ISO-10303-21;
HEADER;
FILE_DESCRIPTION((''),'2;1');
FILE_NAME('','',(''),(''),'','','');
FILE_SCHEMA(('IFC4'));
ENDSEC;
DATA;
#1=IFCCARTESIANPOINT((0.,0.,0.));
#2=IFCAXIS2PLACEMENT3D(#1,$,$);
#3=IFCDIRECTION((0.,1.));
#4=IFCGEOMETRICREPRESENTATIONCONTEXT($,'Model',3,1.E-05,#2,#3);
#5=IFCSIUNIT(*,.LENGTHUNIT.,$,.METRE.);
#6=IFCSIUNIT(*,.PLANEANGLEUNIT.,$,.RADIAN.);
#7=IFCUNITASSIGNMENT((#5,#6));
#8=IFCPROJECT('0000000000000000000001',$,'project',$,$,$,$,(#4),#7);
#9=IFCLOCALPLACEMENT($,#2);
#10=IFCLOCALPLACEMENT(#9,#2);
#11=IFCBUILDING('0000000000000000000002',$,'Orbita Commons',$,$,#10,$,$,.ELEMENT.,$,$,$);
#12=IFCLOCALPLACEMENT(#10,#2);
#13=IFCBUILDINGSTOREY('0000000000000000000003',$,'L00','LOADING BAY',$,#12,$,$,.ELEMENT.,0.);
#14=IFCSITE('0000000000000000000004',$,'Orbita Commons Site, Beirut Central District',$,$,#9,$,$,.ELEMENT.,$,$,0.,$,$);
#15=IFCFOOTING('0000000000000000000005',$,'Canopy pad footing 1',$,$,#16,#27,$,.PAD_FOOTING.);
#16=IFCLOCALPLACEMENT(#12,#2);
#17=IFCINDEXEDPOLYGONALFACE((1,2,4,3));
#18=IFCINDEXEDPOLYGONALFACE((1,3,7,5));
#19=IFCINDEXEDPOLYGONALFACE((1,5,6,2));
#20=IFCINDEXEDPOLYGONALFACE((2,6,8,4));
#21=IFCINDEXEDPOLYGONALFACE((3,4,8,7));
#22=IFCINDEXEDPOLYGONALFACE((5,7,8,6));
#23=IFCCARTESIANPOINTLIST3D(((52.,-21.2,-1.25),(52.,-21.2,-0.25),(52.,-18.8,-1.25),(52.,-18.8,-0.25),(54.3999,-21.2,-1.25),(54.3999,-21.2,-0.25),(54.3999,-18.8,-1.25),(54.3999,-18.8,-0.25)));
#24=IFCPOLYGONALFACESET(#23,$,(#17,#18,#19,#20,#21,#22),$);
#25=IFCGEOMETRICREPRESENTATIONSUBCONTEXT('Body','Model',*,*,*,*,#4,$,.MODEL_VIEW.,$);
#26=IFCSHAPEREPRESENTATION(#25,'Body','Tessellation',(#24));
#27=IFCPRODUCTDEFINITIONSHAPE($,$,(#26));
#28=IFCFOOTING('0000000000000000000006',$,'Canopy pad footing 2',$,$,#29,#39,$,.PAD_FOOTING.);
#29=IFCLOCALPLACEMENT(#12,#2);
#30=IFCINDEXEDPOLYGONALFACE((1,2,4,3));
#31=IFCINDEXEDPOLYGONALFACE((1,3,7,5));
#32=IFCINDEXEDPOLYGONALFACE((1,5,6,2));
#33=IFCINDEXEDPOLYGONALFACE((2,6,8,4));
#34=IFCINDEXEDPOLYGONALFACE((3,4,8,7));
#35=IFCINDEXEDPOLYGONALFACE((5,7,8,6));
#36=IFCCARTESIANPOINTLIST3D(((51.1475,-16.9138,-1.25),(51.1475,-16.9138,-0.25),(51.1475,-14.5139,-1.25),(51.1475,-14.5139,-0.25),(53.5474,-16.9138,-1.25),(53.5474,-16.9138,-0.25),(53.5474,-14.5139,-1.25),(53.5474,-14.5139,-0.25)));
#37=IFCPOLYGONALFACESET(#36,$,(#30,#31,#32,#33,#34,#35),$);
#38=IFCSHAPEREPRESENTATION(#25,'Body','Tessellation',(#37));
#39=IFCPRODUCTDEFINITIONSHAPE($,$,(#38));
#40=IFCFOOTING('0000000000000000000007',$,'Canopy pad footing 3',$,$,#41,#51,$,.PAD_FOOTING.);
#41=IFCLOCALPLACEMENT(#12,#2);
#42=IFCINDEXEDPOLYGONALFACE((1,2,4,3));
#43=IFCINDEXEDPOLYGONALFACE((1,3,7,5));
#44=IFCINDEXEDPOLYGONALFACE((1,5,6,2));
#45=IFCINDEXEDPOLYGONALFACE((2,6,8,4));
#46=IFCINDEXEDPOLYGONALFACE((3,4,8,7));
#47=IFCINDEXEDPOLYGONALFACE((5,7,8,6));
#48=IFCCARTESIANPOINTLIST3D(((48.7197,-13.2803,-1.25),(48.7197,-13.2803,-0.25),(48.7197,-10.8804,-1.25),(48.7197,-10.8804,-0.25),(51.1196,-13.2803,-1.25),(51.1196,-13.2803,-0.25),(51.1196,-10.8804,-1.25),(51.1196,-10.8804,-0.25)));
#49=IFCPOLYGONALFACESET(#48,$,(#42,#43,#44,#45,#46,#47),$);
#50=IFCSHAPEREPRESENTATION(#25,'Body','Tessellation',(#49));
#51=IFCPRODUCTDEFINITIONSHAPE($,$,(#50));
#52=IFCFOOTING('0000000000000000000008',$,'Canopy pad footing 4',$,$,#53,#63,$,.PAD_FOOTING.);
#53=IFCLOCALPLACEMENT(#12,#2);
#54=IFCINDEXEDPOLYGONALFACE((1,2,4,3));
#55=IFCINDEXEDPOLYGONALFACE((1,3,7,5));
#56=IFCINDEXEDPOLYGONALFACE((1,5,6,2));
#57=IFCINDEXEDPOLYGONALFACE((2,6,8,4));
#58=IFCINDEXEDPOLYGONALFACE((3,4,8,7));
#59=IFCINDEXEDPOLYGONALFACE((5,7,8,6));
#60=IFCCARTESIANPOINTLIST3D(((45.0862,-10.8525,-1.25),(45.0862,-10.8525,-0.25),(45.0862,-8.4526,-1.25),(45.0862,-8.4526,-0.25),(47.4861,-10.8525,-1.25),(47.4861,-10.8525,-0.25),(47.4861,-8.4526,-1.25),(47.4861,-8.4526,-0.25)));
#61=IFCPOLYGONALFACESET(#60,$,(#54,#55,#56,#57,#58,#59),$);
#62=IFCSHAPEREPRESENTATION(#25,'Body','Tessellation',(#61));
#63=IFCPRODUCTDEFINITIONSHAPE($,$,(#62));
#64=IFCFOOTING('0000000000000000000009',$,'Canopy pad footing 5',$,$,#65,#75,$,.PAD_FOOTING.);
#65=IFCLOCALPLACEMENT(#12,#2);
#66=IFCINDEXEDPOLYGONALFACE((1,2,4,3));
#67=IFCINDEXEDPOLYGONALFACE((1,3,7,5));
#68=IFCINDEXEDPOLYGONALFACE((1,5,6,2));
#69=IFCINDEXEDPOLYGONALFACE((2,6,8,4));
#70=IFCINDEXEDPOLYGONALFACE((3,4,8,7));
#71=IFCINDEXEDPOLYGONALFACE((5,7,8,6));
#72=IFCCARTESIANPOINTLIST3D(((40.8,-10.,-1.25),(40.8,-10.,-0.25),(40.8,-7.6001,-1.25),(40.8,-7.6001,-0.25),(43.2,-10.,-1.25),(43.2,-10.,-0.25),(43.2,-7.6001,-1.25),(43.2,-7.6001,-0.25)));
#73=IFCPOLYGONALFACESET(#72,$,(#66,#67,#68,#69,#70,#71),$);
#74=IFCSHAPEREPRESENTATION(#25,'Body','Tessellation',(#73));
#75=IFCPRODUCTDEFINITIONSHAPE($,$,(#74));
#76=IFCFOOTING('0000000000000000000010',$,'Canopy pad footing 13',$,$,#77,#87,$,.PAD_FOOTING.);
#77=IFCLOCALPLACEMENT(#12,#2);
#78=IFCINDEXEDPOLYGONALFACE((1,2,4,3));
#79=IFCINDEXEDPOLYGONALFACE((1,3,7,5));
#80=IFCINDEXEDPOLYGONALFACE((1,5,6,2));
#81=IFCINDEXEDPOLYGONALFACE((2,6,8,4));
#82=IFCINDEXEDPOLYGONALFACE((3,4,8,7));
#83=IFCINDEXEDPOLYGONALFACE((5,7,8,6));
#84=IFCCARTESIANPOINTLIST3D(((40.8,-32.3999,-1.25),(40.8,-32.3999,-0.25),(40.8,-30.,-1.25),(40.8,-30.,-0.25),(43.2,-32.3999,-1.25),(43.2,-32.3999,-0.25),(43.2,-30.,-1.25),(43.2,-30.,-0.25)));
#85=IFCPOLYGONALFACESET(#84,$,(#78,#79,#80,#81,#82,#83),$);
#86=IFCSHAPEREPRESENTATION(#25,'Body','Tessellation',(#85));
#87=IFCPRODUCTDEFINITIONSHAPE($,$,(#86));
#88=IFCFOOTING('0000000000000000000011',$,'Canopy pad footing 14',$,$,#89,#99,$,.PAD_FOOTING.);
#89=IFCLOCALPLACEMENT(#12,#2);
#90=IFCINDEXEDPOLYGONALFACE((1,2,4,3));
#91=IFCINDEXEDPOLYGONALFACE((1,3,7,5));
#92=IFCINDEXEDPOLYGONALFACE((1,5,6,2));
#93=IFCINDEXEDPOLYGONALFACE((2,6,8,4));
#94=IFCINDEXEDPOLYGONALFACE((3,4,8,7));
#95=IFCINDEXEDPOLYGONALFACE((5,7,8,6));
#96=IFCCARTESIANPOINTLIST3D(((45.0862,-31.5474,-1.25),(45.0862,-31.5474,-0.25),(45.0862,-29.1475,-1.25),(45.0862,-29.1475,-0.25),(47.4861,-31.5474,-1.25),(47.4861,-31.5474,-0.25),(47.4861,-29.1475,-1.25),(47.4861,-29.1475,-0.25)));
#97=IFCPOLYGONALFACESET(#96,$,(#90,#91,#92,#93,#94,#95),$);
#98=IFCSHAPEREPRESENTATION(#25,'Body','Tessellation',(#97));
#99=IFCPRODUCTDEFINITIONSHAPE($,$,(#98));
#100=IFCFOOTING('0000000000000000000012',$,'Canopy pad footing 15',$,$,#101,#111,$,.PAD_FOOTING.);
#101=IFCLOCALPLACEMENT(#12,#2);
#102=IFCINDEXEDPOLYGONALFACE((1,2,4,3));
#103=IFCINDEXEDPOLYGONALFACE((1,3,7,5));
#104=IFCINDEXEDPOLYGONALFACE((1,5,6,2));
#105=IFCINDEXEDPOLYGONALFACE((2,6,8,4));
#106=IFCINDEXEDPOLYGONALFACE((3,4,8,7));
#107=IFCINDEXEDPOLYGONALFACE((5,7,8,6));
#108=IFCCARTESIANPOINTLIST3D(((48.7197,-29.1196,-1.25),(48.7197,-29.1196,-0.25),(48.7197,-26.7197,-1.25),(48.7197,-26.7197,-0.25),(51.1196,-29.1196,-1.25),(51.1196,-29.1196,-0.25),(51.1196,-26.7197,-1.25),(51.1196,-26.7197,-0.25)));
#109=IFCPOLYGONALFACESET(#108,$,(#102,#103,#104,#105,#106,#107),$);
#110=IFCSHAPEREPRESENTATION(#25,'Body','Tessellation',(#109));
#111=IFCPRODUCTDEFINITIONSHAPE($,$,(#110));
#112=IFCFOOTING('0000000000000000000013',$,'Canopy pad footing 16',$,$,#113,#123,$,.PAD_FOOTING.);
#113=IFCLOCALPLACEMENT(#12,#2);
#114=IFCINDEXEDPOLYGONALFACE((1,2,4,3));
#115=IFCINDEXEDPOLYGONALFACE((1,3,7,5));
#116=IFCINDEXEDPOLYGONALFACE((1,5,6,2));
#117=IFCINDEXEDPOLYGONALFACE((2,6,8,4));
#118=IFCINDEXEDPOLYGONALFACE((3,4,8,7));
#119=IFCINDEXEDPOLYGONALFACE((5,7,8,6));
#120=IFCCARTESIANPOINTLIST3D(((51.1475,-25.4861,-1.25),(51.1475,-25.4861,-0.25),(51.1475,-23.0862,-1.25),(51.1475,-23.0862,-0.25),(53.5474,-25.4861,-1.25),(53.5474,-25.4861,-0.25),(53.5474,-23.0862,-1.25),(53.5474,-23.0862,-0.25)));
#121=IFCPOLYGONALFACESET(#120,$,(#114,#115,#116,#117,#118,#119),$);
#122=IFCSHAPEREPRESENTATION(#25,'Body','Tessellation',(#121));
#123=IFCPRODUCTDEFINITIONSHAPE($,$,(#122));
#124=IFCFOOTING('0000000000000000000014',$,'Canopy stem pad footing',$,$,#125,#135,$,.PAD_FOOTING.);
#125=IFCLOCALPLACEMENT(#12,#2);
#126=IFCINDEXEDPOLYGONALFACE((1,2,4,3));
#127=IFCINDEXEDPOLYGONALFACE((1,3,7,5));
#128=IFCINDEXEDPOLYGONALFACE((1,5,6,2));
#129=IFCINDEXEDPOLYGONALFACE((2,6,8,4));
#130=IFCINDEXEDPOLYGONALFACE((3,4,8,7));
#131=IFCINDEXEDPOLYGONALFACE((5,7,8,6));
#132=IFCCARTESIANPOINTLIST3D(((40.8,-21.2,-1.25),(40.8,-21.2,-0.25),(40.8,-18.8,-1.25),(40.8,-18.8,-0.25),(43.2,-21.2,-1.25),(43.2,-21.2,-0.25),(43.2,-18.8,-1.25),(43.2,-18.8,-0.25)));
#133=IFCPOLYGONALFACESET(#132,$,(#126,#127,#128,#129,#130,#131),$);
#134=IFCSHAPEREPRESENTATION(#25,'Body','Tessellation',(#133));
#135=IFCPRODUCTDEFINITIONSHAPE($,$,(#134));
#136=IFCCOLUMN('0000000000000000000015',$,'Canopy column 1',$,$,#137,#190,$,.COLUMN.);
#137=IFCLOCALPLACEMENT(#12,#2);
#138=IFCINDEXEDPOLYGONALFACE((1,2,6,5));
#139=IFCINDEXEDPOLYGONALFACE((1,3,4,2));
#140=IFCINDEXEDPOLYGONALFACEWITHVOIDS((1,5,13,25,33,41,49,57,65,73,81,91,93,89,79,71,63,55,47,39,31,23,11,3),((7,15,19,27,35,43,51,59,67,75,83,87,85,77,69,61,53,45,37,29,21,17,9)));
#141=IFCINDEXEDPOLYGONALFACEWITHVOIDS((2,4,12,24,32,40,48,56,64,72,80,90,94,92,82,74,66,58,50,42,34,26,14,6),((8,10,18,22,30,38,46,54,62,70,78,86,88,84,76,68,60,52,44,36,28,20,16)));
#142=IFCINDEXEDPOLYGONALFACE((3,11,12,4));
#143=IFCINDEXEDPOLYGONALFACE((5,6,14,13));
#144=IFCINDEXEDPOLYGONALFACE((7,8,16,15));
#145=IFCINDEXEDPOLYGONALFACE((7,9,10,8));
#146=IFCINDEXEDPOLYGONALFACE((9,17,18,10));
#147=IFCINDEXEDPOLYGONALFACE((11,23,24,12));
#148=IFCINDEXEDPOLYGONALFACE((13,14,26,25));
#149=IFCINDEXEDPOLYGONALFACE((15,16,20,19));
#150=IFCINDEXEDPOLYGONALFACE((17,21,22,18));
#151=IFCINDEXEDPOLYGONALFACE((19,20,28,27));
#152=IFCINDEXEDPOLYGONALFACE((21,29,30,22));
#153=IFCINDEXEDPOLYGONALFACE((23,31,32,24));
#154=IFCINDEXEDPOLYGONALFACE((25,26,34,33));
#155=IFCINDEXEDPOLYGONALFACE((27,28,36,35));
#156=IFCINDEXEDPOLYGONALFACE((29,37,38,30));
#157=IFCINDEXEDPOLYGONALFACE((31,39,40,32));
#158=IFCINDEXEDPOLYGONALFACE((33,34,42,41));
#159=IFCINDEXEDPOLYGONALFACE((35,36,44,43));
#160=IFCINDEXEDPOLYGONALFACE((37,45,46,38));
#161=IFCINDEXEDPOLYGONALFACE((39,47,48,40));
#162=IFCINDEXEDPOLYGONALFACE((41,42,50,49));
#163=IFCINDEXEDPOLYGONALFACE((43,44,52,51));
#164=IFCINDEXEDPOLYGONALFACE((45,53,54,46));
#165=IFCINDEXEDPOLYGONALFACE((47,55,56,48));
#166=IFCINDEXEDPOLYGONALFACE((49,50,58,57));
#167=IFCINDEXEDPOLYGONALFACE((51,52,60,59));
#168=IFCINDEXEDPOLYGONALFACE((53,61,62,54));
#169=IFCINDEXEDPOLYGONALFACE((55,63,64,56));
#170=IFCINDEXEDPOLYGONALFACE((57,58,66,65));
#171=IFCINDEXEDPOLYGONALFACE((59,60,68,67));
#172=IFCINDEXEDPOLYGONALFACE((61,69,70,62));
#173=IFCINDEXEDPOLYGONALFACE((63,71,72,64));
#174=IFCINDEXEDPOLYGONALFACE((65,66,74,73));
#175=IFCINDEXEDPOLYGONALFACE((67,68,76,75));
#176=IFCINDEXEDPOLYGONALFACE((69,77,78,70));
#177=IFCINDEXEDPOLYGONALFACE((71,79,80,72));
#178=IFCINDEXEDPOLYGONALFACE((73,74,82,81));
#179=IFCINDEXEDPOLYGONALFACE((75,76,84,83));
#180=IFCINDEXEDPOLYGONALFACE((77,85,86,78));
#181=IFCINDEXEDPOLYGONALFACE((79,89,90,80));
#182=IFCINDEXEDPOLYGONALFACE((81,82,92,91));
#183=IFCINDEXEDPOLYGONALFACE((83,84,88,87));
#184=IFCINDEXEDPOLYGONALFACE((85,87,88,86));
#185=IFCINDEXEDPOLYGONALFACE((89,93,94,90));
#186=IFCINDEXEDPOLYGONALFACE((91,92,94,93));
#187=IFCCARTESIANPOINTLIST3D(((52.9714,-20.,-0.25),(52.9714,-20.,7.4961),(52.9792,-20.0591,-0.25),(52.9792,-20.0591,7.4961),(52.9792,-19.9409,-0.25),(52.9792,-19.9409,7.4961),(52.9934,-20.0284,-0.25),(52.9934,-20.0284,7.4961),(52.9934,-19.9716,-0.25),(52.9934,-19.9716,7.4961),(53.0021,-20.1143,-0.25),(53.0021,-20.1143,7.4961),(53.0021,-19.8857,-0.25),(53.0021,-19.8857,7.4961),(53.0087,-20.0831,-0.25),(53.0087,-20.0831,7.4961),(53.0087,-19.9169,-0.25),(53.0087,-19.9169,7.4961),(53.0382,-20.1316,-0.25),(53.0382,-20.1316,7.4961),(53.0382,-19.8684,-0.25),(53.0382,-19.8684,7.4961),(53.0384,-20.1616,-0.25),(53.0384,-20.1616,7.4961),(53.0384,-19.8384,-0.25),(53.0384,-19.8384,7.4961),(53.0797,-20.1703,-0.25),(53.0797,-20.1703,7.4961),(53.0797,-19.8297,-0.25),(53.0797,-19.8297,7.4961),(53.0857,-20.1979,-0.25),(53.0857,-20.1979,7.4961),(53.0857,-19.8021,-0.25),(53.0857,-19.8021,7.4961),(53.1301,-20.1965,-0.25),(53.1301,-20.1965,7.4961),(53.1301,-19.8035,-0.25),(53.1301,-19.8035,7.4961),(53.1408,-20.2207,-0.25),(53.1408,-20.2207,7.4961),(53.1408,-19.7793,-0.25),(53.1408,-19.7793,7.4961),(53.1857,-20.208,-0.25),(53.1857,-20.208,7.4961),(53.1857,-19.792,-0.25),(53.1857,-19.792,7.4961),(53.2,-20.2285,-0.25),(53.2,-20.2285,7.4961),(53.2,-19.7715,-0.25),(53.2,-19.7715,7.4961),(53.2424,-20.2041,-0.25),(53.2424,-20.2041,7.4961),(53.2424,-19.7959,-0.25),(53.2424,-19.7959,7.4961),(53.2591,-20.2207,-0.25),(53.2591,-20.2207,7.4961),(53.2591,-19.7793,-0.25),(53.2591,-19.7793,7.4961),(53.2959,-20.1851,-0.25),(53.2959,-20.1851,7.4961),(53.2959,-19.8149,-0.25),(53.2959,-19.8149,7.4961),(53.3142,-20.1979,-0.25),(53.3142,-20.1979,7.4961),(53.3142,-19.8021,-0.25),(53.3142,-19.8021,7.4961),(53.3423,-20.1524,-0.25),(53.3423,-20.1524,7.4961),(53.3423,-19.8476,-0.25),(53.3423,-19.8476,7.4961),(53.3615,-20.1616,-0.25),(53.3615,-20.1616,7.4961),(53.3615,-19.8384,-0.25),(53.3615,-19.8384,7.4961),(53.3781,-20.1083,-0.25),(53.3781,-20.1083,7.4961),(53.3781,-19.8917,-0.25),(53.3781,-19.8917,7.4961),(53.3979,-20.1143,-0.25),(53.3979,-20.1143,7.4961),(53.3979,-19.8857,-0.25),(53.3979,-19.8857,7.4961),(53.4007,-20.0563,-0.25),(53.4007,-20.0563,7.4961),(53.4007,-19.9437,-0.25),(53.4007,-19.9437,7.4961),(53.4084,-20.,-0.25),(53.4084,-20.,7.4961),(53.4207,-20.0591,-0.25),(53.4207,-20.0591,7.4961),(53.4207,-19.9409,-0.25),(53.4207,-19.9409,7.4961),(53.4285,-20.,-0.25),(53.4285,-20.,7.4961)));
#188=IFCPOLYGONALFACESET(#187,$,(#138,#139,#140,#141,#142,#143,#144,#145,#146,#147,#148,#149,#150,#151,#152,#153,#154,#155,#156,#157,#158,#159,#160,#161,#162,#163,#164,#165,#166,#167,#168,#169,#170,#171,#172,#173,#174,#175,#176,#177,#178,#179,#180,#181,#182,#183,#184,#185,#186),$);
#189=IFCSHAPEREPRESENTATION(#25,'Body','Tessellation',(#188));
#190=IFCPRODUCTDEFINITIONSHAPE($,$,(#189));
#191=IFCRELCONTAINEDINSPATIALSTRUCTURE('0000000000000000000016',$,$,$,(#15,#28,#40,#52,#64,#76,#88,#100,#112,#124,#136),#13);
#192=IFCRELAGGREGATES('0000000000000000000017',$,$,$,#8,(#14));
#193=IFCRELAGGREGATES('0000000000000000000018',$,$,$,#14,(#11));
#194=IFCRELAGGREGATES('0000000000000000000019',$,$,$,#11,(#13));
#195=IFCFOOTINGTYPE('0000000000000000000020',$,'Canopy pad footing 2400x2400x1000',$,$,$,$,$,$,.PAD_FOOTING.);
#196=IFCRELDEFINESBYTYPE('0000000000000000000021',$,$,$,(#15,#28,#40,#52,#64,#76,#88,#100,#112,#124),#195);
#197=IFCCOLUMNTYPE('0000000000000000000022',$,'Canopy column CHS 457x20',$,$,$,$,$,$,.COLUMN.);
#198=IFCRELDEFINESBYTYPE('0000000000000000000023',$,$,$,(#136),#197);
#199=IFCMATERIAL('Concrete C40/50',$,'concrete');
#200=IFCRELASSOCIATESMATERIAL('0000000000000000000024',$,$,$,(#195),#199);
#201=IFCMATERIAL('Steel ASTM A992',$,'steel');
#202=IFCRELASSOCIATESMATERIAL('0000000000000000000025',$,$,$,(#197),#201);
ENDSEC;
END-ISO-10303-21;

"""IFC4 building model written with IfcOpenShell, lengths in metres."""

from ifc_helpers import new_model, si_unit, direction, frame, origin, origin_2d, place, context, subcontext, project, spatial, rectangle, hollow_circle, extrude, material, material_profile, profile_set, type_object, element, save


model = new_model("IFC4")

# Units and contexts
model_context = context("Model", 3, precision=1e-05, world=origin(), true_north=direction((0.0, 1.0)))
body_context = subcontext(model_context, "Body", "Model", "MODEL_VIEW")
ifc_project = project(units=[si_unit("LENGTHUNIT", "METRE"), si_unit("PLANEANGLEUNIT", "RADIAN")], contexts=[model_context])

# Site, building, storey
site_placement = place(None, origin())
site = spatial("IfcSite", under=ifc_project, at=site_placement, Name="Orbita Commons Site, Beirut Central District", CompositionType="ELEMENT", RefElevation=0.0)
building_placement = place(site_placement, origin())
building = spatial("IfcBuilding", under=site, at=building_placement, Name="Orbita Commons", CompositionType="ELEMENT")
storey_placement = place(building_placement, origin())
storey = spatial("IfcBuildingStorey", under=building, at=storey_placement, Name="L00", Description="LOADING BAY", CompositionType="ELEMENT", Elevation=0.0)

# Footings
ifc_material_1 = material(Name="Concrete C40/50", Category="concrete")
footing_type = type_object("IfcFootingType", Name="Canopy pad footing 2400x2400x1000", PredefinedType="PAD_FOOTING", material=ifc_material_1)
for number, where, z_axis, x_axis, name in (
    (1, (53.2, -20.0, -1.25), (0.0, 0.0, 1.0), (1.0, 0.0, 0.0), "Canopy pad footing 1"),
    (2, (52.3474, -15.7139, -1.25), (0.0, 0.0, 1.0), (1.0, 0.0, 0.0), "Canopy pad footing 2"),
    (3, (49.9197, -12.0803, -1.25), (0.0, 0.0, 1.0), (1.0, 0.0, 0.0), "Canopy pad footing 3"),
    (4, (46.2861, -9.6526, -1.25), (0.0, 0.0, 1.0), (1.0, 0.0, 0.0), "Canopy pad footing 4"),
    (5, (42.0, -8.8, -1.25), (0.0, 0.0, 1.0), (1.0, 0.0, 0.0), "Canopy pad footing 5"),
    (6, (42.0, -31.2, -1.25), (0.0, 0.0, 1.0), (1.0, 0.0, 0.0), "Canopy pad footing 13"),
    (7, (46.2861, -30.3474, -1.25), (0.0, 0.0, 1.0), (1.0, 0.0, 0.0), "Canopy pad footing 14"),
    (8, (49.9197, -27.9197, -1.25), (0.0, 0.0, 1.0), (1.0, 0.0, 0.0), "Canopy pad footing 15"),
    (9, (52.3474, -24.2861, -1.25), (0.0, 0.0, 1.0), (1.0, 0.0, 0.0), "Canopy pad footing 16"),
    (10, (42.0, -20.0, -1.25), (0.0, 0.0, 1.0), (1.0, 0.0, 0.0), "Canopy stem pad footing"),
):
    element("IfcFooting", number, at=place(storey_placement, frame(where, z_axis=z_axis, x_axis=x_axis)), inside=storey, type_object=footing_type, Name=name, PredefinedType="PAD_FOOTING", context=body_context, shape_type="SweptSolid", body=[
        extrude(rectangle(XDim=2.3999, YDim=2.3999, at=origin_2d()), origin(), (0.0, 0.0, 1.0), 1.0),
    ])

# Column
ifc_material_2 = material(Name="Steel ASTM A992", Category="steel")
ifc_material_profile_1 = material_profile(ifc_material_2, hollow_circle(Radius=0.2285, WallThickness=0.02, at=origin_2d()), Name="CHS 457x20")
ifc_profile_set_1 = profile_set([ifc_material_profile_1], Name="Steel ASTM A992")
column_type_1 = type_object("IfcColumnType", Name="Canopy column CHS 457x20", PredefinedType="COLUMN", material=ifc_profile_set_1)
for number, where, z_axis, x_axis, name in (
    (11, (53.2, -20.0, -0.25), (0.0, 0.0, 1.0), (1.0, 0.0, 0.0), "Canopy column 1"),
):
    element("IfcColumn", number, at=place(storey_placement, frame(where, z_axis=z_axis, x_axis=x_axis)), inside=storey, type_object=column_type_1, Name=name, PredefinedType="COLUMN", context=body_context, shape_type="SweptSolid", body=[
        extrude(hollow_circle(Radius=0.2285, WallThickness=0.02, at=origin_2d()), origin(), (0.0, 0.0, 1.0), 7.7461),
    ])

save(model, "model.ifc")
